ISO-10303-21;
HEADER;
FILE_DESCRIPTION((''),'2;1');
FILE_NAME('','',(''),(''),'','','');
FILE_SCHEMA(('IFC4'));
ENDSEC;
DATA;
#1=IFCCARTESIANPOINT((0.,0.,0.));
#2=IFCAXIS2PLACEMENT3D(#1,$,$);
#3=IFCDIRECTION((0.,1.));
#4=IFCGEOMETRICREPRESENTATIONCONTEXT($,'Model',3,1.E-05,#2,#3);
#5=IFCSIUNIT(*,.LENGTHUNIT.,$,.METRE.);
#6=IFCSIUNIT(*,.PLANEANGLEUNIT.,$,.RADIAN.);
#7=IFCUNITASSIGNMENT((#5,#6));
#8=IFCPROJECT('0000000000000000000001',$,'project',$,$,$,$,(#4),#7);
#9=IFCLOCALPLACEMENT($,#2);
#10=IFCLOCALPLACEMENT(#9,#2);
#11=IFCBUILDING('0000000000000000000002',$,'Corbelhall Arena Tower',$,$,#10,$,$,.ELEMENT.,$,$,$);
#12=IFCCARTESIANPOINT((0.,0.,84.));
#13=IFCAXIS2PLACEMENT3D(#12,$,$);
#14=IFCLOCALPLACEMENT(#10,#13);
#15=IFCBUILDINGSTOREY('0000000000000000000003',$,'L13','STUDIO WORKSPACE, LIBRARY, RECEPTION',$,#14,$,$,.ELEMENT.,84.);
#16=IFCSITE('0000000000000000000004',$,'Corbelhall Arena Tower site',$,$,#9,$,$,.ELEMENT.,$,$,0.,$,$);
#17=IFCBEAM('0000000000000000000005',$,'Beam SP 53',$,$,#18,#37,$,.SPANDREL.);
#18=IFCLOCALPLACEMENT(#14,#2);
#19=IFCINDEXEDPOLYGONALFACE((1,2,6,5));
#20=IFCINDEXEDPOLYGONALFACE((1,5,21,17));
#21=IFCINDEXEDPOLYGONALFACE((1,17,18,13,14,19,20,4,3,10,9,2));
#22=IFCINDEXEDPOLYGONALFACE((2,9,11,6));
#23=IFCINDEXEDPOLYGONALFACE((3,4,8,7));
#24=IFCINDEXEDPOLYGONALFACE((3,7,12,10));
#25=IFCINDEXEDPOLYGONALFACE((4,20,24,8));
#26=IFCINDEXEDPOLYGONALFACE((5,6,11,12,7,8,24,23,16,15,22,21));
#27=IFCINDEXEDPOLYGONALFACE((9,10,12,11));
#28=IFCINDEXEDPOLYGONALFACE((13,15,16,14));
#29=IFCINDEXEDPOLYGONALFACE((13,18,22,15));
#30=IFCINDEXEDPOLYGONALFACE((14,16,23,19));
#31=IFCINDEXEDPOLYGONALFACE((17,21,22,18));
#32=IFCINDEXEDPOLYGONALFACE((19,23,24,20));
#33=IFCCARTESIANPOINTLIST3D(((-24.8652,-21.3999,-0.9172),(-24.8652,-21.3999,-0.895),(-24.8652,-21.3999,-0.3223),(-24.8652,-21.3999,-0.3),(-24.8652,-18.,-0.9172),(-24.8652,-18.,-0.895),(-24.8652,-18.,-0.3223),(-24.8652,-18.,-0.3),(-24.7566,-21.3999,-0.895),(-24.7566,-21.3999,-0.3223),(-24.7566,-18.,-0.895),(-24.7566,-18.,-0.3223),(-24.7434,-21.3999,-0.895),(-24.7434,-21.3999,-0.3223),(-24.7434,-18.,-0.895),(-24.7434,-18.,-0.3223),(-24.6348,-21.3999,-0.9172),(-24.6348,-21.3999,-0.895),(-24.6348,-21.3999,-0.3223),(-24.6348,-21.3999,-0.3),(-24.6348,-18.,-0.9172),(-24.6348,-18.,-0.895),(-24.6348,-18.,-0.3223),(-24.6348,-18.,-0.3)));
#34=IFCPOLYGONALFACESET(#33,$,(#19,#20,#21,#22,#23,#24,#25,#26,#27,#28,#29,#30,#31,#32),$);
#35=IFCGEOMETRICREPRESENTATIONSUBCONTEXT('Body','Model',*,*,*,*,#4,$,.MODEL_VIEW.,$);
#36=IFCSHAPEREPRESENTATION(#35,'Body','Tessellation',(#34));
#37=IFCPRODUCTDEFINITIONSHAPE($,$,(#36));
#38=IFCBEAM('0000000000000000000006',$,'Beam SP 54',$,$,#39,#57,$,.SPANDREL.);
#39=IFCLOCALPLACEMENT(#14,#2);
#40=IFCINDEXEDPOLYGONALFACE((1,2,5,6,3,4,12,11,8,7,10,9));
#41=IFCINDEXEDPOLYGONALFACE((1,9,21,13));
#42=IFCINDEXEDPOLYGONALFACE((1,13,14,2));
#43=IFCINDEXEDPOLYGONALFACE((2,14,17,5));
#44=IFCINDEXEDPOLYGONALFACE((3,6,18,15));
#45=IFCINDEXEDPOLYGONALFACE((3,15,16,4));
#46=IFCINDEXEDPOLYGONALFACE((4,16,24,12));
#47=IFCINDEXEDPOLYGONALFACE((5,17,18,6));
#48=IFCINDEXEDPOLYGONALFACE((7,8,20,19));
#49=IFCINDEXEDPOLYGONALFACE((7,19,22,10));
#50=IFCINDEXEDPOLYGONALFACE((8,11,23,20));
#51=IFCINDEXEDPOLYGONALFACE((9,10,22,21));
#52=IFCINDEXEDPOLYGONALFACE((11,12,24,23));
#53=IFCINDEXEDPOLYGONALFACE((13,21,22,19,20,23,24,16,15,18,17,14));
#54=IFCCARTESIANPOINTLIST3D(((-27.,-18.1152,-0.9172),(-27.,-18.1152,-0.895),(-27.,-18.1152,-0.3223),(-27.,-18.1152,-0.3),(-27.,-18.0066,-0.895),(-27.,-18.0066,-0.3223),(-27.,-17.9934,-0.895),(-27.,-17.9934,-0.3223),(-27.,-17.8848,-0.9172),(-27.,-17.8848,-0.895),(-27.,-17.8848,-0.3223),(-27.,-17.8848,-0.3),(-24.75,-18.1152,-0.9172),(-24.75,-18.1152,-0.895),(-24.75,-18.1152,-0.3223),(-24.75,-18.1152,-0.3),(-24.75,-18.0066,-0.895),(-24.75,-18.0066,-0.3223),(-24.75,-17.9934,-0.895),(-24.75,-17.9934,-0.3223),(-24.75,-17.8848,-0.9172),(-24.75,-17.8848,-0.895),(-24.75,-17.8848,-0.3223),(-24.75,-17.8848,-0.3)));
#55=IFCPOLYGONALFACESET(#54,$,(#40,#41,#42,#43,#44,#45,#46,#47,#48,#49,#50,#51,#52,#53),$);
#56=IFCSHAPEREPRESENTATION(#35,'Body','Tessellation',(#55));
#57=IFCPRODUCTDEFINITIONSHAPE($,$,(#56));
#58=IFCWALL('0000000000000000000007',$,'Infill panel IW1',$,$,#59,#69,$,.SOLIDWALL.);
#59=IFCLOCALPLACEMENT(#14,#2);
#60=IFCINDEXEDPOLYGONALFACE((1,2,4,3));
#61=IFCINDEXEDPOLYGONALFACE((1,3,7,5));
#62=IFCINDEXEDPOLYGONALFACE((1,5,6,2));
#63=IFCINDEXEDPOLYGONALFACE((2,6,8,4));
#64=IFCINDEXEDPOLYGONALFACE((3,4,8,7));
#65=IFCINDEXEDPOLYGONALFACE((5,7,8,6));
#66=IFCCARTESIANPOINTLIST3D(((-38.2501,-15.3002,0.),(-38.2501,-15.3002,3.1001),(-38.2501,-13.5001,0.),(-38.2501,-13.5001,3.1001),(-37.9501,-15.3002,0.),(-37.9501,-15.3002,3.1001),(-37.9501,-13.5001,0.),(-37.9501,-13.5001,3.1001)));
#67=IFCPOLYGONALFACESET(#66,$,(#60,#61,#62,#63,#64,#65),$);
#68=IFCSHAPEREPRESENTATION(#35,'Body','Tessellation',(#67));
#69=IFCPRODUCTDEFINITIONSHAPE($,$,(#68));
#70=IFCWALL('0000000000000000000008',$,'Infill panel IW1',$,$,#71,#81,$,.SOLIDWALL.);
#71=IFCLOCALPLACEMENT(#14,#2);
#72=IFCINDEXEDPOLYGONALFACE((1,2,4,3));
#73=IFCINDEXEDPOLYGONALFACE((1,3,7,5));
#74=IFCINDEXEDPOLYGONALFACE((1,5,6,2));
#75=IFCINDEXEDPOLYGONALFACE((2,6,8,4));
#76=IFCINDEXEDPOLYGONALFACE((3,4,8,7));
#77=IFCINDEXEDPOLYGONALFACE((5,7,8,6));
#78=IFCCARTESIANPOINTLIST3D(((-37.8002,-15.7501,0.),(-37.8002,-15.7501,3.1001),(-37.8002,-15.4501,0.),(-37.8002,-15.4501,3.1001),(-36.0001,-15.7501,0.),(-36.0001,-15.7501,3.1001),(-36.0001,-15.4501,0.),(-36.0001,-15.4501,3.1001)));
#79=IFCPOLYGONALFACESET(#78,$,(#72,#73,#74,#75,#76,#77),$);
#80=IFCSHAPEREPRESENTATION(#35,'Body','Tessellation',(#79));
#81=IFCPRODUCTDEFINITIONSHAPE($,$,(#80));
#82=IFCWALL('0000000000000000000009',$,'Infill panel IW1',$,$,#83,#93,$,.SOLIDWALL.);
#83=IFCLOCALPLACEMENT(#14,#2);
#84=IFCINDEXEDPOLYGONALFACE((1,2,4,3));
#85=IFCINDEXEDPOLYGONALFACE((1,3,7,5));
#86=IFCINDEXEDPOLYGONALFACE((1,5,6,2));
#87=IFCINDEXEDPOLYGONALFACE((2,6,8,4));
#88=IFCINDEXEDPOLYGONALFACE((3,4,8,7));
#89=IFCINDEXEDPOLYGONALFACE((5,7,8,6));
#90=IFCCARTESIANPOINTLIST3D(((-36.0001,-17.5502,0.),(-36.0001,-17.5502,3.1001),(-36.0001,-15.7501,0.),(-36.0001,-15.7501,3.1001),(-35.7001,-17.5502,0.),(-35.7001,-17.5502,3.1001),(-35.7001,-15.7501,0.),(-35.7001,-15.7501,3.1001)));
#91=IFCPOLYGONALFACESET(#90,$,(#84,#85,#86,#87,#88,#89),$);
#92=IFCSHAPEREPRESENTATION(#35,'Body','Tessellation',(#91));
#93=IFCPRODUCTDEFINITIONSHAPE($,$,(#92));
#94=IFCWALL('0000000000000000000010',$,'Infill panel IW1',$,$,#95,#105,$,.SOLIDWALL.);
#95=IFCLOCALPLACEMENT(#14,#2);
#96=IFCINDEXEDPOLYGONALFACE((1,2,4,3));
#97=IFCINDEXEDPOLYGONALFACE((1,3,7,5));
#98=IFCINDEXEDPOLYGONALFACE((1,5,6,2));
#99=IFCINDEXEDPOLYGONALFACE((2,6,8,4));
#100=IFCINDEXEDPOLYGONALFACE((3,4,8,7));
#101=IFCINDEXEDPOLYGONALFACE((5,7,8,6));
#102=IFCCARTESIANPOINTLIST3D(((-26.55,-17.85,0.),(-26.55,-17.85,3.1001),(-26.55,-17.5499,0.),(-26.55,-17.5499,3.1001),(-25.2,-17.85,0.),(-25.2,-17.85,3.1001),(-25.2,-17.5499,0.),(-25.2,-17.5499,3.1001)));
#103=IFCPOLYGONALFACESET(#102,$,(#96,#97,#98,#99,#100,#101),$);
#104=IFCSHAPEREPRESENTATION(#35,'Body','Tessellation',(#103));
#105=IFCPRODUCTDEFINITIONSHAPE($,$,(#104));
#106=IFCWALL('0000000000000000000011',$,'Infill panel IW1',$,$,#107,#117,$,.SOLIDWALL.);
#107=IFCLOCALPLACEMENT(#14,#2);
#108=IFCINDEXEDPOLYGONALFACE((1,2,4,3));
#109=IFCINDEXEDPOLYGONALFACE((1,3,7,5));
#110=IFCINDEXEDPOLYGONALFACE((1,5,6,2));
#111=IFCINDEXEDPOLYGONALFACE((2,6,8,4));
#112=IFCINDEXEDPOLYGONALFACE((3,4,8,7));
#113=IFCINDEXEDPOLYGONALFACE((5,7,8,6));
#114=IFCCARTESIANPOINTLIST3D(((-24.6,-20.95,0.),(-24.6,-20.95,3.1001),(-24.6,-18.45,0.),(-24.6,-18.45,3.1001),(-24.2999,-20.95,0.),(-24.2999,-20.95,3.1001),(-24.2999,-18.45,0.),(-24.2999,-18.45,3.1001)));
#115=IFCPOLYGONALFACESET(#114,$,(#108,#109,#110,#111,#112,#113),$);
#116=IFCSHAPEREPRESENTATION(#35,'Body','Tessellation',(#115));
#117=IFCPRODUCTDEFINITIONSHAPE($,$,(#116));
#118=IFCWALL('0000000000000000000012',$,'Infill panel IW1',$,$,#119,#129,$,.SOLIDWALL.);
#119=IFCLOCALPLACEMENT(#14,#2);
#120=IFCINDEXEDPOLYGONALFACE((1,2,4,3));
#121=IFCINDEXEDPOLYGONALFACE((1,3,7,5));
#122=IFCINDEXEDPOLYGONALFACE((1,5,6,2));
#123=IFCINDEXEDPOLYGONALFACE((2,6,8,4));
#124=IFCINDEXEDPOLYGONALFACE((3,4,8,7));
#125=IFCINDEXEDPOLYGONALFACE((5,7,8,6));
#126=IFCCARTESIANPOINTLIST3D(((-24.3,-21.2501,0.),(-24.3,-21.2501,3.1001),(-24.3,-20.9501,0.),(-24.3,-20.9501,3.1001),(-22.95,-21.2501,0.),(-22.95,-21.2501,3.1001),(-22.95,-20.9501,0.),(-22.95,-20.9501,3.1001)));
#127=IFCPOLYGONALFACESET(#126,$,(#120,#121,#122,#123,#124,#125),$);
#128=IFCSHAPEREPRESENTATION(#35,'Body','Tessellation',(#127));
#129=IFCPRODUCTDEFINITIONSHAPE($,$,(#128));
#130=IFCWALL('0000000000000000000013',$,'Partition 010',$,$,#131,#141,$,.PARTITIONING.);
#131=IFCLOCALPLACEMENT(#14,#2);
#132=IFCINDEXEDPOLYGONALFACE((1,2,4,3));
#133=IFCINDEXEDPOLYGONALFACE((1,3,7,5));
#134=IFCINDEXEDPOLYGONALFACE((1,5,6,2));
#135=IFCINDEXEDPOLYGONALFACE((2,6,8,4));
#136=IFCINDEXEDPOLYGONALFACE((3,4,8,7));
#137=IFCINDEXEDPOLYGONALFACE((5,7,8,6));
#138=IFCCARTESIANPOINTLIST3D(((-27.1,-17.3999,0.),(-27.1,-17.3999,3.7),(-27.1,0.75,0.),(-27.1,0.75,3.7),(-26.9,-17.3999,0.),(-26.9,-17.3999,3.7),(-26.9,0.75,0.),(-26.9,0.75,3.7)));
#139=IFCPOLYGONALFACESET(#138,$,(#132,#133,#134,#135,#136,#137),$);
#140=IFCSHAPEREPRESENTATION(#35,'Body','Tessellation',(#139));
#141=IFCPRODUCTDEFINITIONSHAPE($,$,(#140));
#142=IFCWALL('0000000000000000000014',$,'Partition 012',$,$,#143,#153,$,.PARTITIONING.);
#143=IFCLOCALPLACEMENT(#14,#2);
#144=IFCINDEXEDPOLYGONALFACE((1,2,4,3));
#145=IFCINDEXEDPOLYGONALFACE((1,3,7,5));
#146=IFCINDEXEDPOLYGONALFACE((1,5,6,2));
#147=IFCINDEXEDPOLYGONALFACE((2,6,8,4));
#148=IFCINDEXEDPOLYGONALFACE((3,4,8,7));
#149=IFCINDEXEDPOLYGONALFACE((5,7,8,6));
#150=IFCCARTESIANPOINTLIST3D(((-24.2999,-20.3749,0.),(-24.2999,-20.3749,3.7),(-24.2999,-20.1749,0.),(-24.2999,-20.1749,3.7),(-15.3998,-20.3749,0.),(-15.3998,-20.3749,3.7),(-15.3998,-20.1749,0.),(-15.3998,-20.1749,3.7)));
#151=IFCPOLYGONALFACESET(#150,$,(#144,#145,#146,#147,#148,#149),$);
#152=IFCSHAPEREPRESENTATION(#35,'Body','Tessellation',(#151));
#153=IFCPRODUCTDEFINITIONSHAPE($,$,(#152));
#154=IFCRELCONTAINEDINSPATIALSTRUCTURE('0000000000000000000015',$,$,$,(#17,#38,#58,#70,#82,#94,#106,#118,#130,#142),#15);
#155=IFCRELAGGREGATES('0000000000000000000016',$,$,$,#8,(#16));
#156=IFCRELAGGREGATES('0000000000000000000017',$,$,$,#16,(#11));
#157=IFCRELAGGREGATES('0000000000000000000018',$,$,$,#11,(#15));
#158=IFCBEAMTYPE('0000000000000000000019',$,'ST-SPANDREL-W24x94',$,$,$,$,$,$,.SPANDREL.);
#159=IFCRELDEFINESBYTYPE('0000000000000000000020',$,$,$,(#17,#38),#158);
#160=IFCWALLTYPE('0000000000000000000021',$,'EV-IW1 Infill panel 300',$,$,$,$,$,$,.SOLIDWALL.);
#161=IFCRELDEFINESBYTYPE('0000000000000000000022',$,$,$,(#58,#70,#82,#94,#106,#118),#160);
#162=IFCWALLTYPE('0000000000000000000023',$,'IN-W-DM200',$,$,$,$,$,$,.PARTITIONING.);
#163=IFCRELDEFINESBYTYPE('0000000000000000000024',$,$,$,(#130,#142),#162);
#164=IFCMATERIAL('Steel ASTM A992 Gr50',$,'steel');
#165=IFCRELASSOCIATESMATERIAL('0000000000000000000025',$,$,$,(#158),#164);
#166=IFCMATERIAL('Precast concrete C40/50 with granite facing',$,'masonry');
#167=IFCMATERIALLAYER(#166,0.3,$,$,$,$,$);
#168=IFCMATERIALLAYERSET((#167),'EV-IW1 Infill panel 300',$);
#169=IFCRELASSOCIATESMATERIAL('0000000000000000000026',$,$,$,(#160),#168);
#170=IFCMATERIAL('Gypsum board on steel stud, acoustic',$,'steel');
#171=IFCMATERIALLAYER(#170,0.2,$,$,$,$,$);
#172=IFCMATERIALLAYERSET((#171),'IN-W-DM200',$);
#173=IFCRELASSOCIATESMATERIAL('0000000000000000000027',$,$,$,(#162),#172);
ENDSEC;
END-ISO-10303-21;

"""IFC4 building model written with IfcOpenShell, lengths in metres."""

from ifc_helpers import new_model, si_unit, direction, frame, frame_2d, origin, origin_2d, place, context, subcontext, project, spatial, rectangle, i_section, extrude, material, layer, layer_set, material_profile, profile_set, type_object, element, save


model = new_model("IFC4")

# Units and contexts
model_context = context("Model", 3, precision=1e-05, world=origin(), true_north=direction((0.0, 1.0)))
body_context = subcontext(model_context, "Body", "Model", "MODEL_VIEW")
ifc_project = project(units=[si_unit("LENGTHUNIT", "METRE"), si_unit("PLANEANGLEUNIT", "RADIAN")], contexts=[model_context])

# Site, building, storey
site_placement = place(None, origin())
site = spatial("IfcSite", under=ifc_project, at=site_placement, Name="Corbelhall Arena Tower site", CompositionType="ELEMENT", RefElevation=0.0)
building_placement = place(site_placement, origin())
building = spatial("IfcBuilding", under=site, at=building_placement, Name="Corbelhall Arena Tower", CompositionType="ELEMENT")
storey_placement = place(building_placement, frame((0.0, 0.0, 84.0)))
storey = spatial("IfcBuildingStorey", under=building, at=storey_placement, Name="L13", Description="STUDIO WORKSPACE, LIBRARY, RECEPTION", CompositionType="ELEMENT", Elevation=84.0)

# Beams
ifc_material_1 = material(Name="Steel ASTM A992 Gr50", Category="steel")
ifc_material_profile_1 = material_profile(ifc_material_1, i_section(OverallWidth=0.2305, OverallDepth=0.6172, WebThickness=0.0132, FlangeThickness=0.0222, at=origin_2d()))
ifc_profile_set_1 = profile_set([ifc_material_profile_1], Name="Steel ASTM A992 Gr50")
beam_type = type_object("IfcBeamType", Name="ST-SPANDREL-W24x94", PredefinedType="SPANDREL", material=ifc_profile_set_1)
beam_1_placement = place(storey_placement, frame((-24.75, -21.3999, -0.6086), z_axis=(0.0, 1.0, 0.0), x_axis=(-1.0, 0.0, 0.0)))
element("IfcBeam", 1, at=beam_1_placement, inside=storey, type_object=beam_type, Name="Beam SP 53", PredefinedType="SPANDREL", context=body_context, shape_type="SweptSolid", body=[
    extrude(i_section(OverallWidth=0.2305, OverallDepth=0.6172, WebThickness=0.0132, FlangeThickness=0.0222, at=origin_2d()), origin(), (0.0, 0.0, 1.0), 3.3999),
])
beam_2_placement = place(storey_placement, frame((-24.75, -18.0, -0.6086), z_axis=(-1.0, 0.0, 0.0), x_axis=(0.0, -1.0, 0.0)))
element("IfcBeam", 2, at=beam_2_placement, inside=storey, type_object=beam_type, Name="Beam SP 54", PredefinedType="SPANDREL", context=body_context, shape_type="SweptSolid", body=[
    extrude(i_section(OverallWidth=0.2305, OverallDepth=0.6172, WebThickness=0.0132, FlangeThickness=0.0222, at=origin_2d()), origin(), (0.0, 0.0, 1.0), 2.25),
])

# Walls
ifc_material_2 = material(Name="Precast concrete C40/50 with granite facing", Category="masonry")
ifc_layer_1 = layer(ifc_material_2, 0.3)
ifc_layer_set_1 = layer_set([ifc_layer_1], Name="EV-IW1 Infill panel 300")
wall_type_1 = type_object("IfcWallType", Name="EV-IW1 Infill panel 300", PredefinedType="SOLIDWALL", material=ifc_layer_set_1)
for number, where, z_axis, x_axis, name in (
    (3, (-38.1001, -15.3, 0.0), (0.0, 0.0, 1.0), (0.0, 1.0, 0.0), "Infill panel IW1"),
    (4, (-37.8, -15.6001, 0.0), (0.0, 0.0, 1.0), (1.0, 0.0, 0.0), "Infill panel IW1"),
    (5, (-35.8501, -17.55, 0.0), (0.0, 0.0, 1.0), (0.0, 1.0, 0.0), "Infill panel IW1"),
):
    element("IfcWall", number, at=place(storey_placement, frame(where, z_axis=z_axis, x_axis=x_axis)), inside=storey, type_object=wall_type_1, Name=name, PredefinedType="SOLIDWALL", context=body_context, shape_type="SweptSolid", body=[
        extrude(rectangle(XDim=1.8, YDim=0.3, at=frame_2d((0.8999, 0.0))), origin(), (0.0, 0.0, 1.0), 3.1001),
    ])

# Walls
wall_1_placement = place(storey_placement, frame((-26.55, -17.7, 0.0), z_axis=(0.0, 0.0, 1.0), x_axis=(1.0, 0.0, 0.0)))
element("IfcWall", 6, at=wall_1_placement, inside=storey, type_object=wall_type_1, Name="Infill panel IW1", PredefinedType="SOLIDWALL", context=body_context, shape_type="SweptSolid", body=[
    extrude(rectangle(XDim=1.3501, YDim=0.3, at=frame_2d((0.675, 0.0))), origin(), (0.0, 0.0, 1.0), 3.1001),
])
wall_2_placement = place(storey_placement, frame((-24.45, -18.45, 0.0), z_axis=(0.0, 0.0, 1.0), x_axis=(0.0, -1.0, 0.0)))
element("IfcWall", 7, at=wall_2_placement, inside=storey, type_object=wall_type_1, Name="Infill panel IW1", PredefinedType="SOLIDWALL", context=body_context, shape_type="SweptSolid", body=[
    extrude(rectangle(XDim=2.5, YDim=0.3, at=frame_2d((1.25, 0.0))), origin(), (0.0, 0.0, 1.0), 3.1001),
])
wall_3_placement = place(storey_placement, frame((-24.3, -21.1001, 0.0), z_axis=(0.0, 0.0, 1.0), x_axis=(1.0, 0.0, 0.0)))
element("IfcWall", 8, at=wall_3_placement, inside=storey, type_object=wall_type_1, Name="Infill panel IW1", PredefinedType="SOLIDWALL", context=body_context, shape_type="SweptSolid", body=[
    extrude(rectangle(XDim=1.3501, YDim=0.3, at=frame_2d((0.675, 0.0))), origin(), (0.0, 0.0, 1.0), 3.1001),
])
ifc_material_3 = material(Name="Gypsum board on steel stud, acoustic", Category="steel")
ifc_layer_2 = layer(ifc_material_3, 0.2)
ifc_layer_set_2 = layer_set([ifc_layer_2], Name="IN-W-DM200")
wall_type_2 = type_object("IfcWallType", Name="IN-W-DM200", PredefinedType="PARTITIONING", material=ifc_layer_set_2)
wall_4_placement = place(storey_placement, frame((-27.0, -17.3999, 0.0), z_axis=(0.0, 0.0, 1.0), x_axis=(0.0, 1.0, 0.0)))
element("IfcWall", 9, at=wall_4_placement, inside=storey, type_object=wall_type_2, Name="Partition 010", PredefinedType="PARTITIONING", context=body_context, shape_type="SweptSolid", body=[
    extrude(rectangle(XDim=18.1499, YDim=0.2, at=frame_2d((9.075, 0.0))), origin(), (0.0, 0.0, 1.0), 3.7),
])
wall_5_placement = place(storey_placement, frame((-24.3, -20.2749, 0.0), z_axis=(0.0, 0.0, 1.0), x_axis=(1.0, 0.0, 0.0)))
element("IfcWall", 10, at=wall_5_placement, inside=storey, type_object=wall_type_2, Name="Partition 012", PredefinedType="PARTITIONING", context=body_context, shape_type="SweptSolid", body=[
    extrude(rectangle(XDim=8.9001, YDim=0.2, at=frame_2d((4.4502, 0.0))), origin(), (0.0, 0.0, 1.0), 3.7),
])

save(model, "model.ifc")
